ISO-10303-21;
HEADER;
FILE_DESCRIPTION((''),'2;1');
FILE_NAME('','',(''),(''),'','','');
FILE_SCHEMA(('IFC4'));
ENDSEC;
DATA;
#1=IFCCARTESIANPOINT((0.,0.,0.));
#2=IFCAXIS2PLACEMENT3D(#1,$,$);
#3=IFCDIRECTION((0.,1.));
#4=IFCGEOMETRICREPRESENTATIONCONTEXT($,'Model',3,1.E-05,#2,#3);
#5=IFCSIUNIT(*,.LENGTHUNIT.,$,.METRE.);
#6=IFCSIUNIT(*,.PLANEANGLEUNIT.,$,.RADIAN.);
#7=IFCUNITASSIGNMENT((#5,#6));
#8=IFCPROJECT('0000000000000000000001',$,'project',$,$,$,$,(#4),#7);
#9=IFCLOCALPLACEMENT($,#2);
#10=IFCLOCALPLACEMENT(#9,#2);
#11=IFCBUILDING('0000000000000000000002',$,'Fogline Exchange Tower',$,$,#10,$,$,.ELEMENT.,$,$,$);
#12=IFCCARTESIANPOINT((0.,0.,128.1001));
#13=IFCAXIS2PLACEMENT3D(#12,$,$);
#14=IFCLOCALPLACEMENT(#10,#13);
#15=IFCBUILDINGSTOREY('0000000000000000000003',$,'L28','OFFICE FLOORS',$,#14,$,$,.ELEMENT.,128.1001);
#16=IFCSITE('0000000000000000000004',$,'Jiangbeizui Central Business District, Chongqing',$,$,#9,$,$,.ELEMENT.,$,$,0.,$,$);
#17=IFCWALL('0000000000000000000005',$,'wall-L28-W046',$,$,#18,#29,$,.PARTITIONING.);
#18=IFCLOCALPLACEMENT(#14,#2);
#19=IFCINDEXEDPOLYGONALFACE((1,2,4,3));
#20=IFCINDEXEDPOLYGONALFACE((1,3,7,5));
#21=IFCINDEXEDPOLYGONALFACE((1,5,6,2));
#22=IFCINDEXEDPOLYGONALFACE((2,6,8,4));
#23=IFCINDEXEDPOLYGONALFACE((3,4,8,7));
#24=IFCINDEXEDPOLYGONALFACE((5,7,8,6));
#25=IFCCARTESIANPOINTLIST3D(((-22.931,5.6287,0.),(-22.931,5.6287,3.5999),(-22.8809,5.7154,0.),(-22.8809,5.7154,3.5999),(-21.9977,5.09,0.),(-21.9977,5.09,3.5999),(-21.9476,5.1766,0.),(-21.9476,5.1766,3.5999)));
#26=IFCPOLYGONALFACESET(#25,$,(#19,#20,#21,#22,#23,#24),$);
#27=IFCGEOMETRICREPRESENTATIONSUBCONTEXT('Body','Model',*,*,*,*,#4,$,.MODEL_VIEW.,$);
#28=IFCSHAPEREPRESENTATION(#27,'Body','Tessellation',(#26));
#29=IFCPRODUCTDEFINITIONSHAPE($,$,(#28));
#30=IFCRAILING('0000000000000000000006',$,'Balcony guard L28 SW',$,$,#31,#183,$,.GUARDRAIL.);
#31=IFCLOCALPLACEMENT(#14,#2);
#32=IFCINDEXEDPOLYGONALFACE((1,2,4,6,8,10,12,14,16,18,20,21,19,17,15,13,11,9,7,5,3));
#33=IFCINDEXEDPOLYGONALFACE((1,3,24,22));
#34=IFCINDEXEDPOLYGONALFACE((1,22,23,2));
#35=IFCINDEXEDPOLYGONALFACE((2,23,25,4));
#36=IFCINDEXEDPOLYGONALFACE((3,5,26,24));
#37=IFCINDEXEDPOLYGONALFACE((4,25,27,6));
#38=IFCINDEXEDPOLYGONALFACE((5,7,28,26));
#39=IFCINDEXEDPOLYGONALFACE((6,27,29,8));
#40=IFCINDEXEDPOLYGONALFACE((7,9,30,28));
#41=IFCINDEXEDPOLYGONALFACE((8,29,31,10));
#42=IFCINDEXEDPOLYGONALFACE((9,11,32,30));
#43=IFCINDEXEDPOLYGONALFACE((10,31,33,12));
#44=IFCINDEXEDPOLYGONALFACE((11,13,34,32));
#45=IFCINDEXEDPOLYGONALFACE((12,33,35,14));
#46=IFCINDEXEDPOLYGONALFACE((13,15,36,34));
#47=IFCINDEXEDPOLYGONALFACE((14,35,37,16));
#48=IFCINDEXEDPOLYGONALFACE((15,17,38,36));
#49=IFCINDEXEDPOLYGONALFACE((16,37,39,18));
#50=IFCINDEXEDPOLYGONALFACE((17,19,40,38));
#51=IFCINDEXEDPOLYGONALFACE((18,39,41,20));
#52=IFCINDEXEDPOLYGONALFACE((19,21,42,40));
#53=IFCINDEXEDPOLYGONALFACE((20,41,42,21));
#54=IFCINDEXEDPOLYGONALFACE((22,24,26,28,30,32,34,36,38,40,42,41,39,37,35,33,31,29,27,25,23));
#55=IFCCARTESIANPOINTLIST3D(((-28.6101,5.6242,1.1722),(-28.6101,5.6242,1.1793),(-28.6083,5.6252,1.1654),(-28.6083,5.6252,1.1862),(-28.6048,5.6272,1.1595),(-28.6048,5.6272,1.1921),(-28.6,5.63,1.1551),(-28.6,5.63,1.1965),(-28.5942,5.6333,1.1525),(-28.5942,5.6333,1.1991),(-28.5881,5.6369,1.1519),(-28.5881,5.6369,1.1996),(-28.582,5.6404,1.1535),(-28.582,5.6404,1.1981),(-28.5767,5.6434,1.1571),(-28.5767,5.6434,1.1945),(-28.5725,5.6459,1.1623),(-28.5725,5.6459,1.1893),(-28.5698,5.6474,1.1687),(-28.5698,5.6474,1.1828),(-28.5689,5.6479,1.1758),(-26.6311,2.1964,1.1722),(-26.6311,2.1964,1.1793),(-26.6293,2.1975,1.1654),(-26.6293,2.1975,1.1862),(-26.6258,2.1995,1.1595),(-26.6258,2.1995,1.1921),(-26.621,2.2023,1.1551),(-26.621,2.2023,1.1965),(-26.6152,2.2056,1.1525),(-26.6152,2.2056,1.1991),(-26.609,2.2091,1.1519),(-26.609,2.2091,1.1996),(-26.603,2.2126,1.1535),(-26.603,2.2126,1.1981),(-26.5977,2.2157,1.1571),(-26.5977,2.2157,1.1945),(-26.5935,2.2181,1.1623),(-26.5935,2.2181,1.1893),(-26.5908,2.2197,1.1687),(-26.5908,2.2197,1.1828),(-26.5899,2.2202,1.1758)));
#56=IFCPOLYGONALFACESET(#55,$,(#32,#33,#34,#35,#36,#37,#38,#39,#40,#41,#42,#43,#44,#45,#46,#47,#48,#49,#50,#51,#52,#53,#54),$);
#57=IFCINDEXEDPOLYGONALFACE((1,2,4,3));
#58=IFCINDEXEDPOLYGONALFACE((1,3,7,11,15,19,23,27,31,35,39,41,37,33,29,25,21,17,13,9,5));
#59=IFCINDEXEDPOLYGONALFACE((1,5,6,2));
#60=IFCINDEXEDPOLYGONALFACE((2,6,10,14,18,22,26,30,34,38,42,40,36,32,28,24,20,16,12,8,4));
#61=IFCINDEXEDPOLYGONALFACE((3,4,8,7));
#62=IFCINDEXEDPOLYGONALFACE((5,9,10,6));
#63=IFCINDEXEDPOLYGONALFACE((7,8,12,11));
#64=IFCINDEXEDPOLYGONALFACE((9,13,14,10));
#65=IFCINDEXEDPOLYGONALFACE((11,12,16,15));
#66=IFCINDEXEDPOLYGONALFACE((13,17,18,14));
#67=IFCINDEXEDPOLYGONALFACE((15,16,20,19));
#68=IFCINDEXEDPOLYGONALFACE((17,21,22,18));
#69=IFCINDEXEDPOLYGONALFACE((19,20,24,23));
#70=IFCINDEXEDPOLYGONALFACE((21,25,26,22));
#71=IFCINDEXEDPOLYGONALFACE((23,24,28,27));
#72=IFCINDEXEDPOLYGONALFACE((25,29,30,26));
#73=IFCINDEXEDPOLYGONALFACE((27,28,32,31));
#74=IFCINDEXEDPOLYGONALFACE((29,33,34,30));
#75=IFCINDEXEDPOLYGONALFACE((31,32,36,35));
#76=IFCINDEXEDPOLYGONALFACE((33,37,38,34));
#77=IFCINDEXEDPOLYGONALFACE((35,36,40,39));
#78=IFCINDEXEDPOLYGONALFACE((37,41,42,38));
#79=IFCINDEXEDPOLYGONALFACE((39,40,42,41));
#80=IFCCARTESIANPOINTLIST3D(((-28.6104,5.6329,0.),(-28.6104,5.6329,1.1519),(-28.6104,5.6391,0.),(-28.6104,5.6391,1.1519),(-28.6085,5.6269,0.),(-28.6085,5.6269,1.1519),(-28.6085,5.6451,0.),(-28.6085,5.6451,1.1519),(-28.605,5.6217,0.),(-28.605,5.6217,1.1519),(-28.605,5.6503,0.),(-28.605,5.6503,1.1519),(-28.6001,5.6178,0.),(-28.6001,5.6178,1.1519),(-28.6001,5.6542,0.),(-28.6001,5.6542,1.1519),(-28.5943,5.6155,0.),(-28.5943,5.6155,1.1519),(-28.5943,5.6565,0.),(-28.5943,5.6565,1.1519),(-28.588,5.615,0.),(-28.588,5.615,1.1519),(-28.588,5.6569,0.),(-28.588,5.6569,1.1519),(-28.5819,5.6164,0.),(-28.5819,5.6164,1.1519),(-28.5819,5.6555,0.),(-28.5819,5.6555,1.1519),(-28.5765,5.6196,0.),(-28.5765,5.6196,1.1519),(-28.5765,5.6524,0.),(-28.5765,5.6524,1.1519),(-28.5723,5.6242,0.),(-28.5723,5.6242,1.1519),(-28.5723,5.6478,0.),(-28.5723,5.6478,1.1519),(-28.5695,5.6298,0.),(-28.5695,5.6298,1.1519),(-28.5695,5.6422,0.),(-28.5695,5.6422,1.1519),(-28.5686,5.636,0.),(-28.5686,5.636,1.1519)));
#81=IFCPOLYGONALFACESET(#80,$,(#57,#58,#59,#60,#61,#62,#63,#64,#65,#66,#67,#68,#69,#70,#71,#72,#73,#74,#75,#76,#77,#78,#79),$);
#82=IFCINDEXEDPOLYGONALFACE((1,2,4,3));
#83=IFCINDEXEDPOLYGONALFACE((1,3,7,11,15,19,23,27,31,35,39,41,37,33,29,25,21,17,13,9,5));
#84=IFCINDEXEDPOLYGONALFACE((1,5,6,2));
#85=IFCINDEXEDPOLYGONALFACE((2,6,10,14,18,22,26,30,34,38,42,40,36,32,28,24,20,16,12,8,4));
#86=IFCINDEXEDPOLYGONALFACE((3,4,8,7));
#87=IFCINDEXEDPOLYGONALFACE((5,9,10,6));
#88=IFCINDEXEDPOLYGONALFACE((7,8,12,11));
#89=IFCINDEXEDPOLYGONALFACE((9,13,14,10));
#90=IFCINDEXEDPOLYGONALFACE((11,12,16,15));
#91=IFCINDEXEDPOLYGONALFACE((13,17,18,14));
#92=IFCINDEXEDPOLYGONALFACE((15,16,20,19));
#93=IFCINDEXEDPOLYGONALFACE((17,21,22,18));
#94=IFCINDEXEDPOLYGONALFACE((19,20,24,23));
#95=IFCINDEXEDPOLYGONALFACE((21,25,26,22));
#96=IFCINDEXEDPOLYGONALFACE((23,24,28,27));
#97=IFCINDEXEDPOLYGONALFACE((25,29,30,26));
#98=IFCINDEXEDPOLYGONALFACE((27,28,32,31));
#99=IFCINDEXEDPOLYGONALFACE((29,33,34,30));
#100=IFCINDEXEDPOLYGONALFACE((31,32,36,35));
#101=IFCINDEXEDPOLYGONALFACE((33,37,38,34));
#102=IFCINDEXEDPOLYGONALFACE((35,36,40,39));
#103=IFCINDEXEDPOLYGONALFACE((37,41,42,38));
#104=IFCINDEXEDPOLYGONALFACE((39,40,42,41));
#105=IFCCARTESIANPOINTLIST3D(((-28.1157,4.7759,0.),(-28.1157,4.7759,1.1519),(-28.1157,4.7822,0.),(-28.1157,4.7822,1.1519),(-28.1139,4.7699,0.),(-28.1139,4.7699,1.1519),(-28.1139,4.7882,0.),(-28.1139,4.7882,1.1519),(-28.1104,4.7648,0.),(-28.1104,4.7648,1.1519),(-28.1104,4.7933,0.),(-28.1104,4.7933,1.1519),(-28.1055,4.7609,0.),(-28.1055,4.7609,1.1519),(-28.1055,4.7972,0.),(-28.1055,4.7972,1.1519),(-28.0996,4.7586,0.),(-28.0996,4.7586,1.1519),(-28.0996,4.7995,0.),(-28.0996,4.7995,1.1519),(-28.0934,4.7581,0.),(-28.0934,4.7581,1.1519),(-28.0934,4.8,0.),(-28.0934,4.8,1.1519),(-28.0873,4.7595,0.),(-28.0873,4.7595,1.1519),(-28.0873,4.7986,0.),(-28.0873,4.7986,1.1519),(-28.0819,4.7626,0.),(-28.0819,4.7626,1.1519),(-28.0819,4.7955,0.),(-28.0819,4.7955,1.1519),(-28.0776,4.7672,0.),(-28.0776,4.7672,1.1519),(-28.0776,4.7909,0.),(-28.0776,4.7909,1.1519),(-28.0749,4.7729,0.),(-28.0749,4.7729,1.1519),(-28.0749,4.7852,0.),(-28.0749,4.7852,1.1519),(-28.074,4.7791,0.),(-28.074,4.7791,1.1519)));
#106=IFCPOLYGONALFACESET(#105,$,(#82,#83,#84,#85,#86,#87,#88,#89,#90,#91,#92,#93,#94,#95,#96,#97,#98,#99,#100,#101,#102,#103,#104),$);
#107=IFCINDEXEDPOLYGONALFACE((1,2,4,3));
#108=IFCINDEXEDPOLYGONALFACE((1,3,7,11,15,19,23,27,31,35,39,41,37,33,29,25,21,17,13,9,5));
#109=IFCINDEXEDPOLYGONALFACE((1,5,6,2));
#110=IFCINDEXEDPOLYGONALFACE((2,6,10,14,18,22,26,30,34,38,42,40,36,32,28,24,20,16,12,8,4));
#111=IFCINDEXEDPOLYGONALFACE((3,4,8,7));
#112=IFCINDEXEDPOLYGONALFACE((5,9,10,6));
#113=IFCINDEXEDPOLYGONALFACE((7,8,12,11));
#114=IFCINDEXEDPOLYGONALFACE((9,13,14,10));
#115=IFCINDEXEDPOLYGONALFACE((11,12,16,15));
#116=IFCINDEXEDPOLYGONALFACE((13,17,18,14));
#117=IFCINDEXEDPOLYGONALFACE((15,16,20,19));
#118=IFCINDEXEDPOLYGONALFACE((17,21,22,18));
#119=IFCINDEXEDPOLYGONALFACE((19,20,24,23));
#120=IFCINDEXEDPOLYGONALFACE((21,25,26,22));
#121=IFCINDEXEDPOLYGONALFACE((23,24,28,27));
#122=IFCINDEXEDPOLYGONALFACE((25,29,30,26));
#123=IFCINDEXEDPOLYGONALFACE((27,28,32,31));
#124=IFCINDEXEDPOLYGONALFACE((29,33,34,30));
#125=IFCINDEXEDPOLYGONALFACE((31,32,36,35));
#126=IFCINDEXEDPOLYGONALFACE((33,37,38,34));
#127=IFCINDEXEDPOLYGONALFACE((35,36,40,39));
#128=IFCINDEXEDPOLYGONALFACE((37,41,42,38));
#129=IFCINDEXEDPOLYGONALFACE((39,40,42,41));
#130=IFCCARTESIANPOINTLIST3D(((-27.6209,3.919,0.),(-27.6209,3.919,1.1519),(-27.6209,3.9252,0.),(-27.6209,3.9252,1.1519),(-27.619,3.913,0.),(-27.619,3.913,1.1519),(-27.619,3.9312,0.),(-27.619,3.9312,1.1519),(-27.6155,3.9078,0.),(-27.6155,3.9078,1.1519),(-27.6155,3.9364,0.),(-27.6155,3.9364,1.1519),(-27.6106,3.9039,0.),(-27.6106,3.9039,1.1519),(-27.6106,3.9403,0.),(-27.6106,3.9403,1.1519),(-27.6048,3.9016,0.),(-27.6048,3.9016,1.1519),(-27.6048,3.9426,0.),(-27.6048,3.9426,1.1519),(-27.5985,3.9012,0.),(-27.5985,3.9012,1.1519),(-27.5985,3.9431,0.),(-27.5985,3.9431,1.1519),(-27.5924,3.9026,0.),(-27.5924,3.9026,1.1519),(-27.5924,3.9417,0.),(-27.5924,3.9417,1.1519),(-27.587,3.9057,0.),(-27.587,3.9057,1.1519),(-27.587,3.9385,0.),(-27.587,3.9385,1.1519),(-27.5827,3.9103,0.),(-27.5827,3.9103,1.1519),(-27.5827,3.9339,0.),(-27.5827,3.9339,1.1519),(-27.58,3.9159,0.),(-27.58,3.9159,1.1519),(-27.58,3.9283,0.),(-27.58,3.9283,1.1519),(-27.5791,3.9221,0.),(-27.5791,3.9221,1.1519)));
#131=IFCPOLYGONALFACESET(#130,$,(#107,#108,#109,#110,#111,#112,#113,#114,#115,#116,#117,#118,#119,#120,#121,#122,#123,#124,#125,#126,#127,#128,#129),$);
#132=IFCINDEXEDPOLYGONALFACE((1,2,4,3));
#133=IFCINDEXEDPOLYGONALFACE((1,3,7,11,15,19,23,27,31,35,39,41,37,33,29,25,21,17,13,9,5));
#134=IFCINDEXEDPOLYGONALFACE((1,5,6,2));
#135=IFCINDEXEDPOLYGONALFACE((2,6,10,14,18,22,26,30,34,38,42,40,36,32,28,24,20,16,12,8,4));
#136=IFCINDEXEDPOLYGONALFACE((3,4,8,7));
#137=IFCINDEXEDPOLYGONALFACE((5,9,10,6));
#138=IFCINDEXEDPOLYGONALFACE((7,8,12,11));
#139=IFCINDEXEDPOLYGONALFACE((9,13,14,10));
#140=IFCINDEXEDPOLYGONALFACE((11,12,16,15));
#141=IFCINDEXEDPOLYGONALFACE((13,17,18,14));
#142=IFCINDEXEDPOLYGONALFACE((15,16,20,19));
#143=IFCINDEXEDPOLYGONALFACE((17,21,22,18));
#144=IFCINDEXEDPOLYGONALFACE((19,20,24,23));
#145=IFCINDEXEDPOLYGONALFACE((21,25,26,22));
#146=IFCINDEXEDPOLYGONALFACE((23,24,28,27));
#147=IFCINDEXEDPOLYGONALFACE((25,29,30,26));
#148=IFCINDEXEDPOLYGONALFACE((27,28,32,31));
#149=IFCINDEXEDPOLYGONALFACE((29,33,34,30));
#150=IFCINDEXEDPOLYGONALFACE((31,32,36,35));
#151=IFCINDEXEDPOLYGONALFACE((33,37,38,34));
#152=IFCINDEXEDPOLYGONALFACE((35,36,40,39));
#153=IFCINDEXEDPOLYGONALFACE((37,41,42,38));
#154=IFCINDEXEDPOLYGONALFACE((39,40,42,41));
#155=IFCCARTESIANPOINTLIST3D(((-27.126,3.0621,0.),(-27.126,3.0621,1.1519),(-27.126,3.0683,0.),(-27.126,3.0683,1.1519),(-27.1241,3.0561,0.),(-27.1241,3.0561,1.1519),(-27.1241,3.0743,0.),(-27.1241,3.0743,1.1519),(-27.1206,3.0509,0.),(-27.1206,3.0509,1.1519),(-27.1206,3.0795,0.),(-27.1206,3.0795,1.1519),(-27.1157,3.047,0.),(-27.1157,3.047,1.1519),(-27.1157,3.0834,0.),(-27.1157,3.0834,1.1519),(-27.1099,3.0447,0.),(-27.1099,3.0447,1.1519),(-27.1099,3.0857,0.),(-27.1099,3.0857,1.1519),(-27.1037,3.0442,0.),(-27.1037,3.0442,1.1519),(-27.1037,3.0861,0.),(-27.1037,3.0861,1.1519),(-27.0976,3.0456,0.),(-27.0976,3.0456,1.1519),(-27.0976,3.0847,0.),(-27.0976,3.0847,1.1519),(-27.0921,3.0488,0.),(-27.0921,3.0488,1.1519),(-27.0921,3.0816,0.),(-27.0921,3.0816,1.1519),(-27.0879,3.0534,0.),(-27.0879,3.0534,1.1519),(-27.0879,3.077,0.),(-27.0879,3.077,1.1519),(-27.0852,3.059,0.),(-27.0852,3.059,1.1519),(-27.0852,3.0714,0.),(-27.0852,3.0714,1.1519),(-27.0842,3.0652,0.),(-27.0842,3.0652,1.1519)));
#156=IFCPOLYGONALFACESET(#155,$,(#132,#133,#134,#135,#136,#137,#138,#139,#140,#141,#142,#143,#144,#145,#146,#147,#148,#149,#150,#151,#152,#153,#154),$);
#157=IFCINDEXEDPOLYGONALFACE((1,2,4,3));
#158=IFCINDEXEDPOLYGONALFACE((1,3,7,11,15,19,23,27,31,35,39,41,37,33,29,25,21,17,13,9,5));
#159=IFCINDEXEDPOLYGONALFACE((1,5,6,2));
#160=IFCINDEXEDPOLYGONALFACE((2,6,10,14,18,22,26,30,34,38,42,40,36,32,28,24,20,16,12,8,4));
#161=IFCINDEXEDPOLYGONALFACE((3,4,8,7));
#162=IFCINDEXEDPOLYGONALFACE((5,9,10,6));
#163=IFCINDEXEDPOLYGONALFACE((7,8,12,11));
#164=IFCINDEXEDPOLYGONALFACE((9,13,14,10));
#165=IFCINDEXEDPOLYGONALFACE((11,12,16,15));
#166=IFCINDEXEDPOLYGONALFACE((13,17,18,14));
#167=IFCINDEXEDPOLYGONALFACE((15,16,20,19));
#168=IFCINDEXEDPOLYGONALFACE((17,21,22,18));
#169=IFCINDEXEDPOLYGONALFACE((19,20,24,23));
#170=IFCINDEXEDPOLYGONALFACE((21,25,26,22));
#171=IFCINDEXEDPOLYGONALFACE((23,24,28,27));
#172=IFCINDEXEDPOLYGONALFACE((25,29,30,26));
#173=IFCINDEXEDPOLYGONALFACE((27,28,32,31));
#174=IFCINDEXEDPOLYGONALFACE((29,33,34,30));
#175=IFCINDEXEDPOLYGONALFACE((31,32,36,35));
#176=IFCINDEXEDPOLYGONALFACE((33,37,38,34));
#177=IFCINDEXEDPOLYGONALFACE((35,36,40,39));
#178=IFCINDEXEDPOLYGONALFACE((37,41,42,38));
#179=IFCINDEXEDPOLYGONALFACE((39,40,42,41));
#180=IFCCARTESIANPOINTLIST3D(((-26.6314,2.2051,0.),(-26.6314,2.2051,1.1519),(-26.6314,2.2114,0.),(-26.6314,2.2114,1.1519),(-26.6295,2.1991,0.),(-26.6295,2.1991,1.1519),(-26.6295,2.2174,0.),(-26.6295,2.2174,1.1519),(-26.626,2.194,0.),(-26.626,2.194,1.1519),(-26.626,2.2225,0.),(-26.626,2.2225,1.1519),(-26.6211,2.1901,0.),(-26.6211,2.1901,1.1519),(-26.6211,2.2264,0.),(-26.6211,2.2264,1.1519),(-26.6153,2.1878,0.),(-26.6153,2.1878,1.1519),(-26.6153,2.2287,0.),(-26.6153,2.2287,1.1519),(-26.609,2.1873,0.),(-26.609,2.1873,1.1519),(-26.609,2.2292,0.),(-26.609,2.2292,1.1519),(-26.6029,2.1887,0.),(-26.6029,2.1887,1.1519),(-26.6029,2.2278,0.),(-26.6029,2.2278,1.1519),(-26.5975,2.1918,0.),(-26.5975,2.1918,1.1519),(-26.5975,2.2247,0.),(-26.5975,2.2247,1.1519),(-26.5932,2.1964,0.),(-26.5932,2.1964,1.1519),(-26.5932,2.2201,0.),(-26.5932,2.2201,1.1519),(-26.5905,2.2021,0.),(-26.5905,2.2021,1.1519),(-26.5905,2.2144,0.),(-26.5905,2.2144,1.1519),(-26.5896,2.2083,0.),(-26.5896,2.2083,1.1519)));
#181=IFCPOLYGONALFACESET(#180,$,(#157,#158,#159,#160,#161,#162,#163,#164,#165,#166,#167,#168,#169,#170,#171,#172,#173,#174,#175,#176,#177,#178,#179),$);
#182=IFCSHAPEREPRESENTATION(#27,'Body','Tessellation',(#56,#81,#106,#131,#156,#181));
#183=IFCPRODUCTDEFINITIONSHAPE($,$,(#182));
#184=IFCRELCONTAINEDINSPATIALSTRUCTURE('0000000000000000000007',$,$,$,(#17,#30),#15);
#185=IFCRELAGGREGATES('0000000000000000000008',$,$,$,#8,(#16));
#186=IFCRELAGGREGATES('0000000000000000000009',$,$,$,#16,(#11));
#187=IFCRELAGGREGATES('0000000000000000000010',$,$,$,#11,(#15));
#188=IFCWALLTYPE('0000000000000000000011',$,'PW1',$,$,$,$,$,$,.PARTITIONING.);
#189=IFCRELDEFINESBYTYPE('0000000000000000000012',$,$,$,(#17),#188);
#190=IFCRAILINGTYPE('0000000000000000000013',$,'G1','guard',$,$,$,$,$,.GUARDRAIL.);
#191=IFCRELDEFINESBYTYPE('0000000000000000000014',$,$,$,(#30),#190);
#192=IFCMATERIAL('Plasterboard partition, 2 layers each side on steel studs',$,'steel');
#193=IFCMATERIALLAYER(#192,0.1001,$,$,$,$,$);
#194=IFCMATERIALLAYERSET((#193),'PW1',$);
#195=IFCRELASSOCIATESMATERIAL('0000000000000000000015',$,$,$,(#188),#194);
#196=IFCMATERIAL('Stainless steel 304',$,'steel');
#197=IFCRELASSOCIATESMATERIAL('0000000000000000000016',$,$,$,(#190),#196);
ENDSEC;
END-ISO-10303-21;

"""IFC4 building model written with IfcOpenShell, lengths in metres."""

from ifc_helpers import new_model, si_unit, direction, frame, frame_2d, origin, origin_2d, place, context, subcontext, project, spatial, rectangle, circle, extrude, material, layer, layer_set, type_object, element, save


model = new_model("IFC4")

# Units and contexts
model_context = context("Model", 3, precision=1e-05, world=origin(), true_north=direction((0.0, 1.0)))
body_context = subcontext(model_context, "Body", "Model", "MODEL_VIEW")
ifc_project = project(units=[si_unit("LENGTHUNIT", "METRE"), si_unit("PLANEANGLEUNIT", "RADIAN")], contexts=[model_context])

# Site, building, storey
site_placement = place(None, origin())
site = spatial("IfcSite", under=ifc_project, at=site_placement, Name="Jiangbeizui Central Business District, Chongqing", CompositionType="ELEMENT", RefElevation=0.0)
building_placement = place(site_placement, origin())
building = spatial("IfcBuilding", under=site, at=building_placement, Name="Fogline Exchange Tower", CompositionType="ELEMENT")
storey_placement = place(building_placement, frame((0.0, 0.0, 128.1001)))
storey = spatial("IfcBuildingStorey", under=building, at=storey_placement, Name="L28", Description="OFFICE FLOORS", CompositionType="ELEMENT", Elevation=128.1001)

# Wall
ifc_material_1 = material(Name="Plasterboard partition, 2 layers each side on steel studs", Category="steel")
ifc_layer_1 = layer(ifc_material_1, 0.1001)
ifc_layer_set_1 = layer_set([ifc_layer_1], Name="PW1")
wall_type_1 = type_object("IfcWallType", Name="PW1", PredefinedType="PARTITIONING", material=ifc_layer_set_1)
wall_1_placement = place(storey_placement, frame((-21.9727, 5.1333, 0.0), z_axis=(0.0, 0.0, 1.0), x_axis=(-0.866046, 0.499964, 0.0)))
element("IfcWall", 1, at=wall_1_placement, inside=storey, type_object=wall_type_1, Name="wall-L28-W046", PredefinedType="PARTITIONING", context=body_context, shape_type="SweptSolid", body=[
    extrude(rectangle(XDim=1.0776, YDim=0.1001, at=frame_2d((0.5388, 0.0))), origin(), (0.0, 0.0, 1.0), 3.5999),
])

# Railing
ifc_material_2 = material(Name="Stainless steel 304", Category="steel")
railing_type = type_object("IfcRailingType", Name="G1", Description="guard", PredefinedType="GUARDRAIL", material=ifc_material_2)
railing_placement = place(storey_placement, frame((-28.5896, 5.636, 0.0)))
element("IfcRailing", 2, at=railing_placement, inside=storey, type_object=railing_type, Name="Balcony guard L28 SW", PredefinedType="GUARDRAIL", context=body_context, shape_type="SweptSolid", body=[
    extrude(circle(Radius=0.0239, at=origin_2d()), frame((0.0, 0.0, 1.1758), z_axis=(0.5, -0.866025, 0.0), x_axis=(0.866025, 0.5, 0.0)), (0.0, 0.0, 1.0), 3.958),
    extrude(circle(Radius=0.021, at=origin_2d()), origin(), (0.0, 0.0, 1.0), 1.1519),
    extrude(circle(Radius=0.021, at=origin_2d()), frame((0.4946, -0.8569, 0.0)), (0.0, 0.0, 1.0), 1.1519),
    extrude(circle(Radius=0.021, at=origin_2d()), frame((0.9895, -1.7139, 0.0)), (0.0, 0.0, 1.0), 1.1519),
    extrude(circle(Radius=0.021, at=origin_2d()), frame((1.4844, -2.5708, 0.0)), (0.0, 0.0, 1.0), 1.1519),
    extrude(circle(Radius=0.021, at=origin_2d()), frame((1.979, -3.4277, 0.0)), (0.0, 0.0, 1.0), 1.1519),
])

save(model, "model.ifc")
